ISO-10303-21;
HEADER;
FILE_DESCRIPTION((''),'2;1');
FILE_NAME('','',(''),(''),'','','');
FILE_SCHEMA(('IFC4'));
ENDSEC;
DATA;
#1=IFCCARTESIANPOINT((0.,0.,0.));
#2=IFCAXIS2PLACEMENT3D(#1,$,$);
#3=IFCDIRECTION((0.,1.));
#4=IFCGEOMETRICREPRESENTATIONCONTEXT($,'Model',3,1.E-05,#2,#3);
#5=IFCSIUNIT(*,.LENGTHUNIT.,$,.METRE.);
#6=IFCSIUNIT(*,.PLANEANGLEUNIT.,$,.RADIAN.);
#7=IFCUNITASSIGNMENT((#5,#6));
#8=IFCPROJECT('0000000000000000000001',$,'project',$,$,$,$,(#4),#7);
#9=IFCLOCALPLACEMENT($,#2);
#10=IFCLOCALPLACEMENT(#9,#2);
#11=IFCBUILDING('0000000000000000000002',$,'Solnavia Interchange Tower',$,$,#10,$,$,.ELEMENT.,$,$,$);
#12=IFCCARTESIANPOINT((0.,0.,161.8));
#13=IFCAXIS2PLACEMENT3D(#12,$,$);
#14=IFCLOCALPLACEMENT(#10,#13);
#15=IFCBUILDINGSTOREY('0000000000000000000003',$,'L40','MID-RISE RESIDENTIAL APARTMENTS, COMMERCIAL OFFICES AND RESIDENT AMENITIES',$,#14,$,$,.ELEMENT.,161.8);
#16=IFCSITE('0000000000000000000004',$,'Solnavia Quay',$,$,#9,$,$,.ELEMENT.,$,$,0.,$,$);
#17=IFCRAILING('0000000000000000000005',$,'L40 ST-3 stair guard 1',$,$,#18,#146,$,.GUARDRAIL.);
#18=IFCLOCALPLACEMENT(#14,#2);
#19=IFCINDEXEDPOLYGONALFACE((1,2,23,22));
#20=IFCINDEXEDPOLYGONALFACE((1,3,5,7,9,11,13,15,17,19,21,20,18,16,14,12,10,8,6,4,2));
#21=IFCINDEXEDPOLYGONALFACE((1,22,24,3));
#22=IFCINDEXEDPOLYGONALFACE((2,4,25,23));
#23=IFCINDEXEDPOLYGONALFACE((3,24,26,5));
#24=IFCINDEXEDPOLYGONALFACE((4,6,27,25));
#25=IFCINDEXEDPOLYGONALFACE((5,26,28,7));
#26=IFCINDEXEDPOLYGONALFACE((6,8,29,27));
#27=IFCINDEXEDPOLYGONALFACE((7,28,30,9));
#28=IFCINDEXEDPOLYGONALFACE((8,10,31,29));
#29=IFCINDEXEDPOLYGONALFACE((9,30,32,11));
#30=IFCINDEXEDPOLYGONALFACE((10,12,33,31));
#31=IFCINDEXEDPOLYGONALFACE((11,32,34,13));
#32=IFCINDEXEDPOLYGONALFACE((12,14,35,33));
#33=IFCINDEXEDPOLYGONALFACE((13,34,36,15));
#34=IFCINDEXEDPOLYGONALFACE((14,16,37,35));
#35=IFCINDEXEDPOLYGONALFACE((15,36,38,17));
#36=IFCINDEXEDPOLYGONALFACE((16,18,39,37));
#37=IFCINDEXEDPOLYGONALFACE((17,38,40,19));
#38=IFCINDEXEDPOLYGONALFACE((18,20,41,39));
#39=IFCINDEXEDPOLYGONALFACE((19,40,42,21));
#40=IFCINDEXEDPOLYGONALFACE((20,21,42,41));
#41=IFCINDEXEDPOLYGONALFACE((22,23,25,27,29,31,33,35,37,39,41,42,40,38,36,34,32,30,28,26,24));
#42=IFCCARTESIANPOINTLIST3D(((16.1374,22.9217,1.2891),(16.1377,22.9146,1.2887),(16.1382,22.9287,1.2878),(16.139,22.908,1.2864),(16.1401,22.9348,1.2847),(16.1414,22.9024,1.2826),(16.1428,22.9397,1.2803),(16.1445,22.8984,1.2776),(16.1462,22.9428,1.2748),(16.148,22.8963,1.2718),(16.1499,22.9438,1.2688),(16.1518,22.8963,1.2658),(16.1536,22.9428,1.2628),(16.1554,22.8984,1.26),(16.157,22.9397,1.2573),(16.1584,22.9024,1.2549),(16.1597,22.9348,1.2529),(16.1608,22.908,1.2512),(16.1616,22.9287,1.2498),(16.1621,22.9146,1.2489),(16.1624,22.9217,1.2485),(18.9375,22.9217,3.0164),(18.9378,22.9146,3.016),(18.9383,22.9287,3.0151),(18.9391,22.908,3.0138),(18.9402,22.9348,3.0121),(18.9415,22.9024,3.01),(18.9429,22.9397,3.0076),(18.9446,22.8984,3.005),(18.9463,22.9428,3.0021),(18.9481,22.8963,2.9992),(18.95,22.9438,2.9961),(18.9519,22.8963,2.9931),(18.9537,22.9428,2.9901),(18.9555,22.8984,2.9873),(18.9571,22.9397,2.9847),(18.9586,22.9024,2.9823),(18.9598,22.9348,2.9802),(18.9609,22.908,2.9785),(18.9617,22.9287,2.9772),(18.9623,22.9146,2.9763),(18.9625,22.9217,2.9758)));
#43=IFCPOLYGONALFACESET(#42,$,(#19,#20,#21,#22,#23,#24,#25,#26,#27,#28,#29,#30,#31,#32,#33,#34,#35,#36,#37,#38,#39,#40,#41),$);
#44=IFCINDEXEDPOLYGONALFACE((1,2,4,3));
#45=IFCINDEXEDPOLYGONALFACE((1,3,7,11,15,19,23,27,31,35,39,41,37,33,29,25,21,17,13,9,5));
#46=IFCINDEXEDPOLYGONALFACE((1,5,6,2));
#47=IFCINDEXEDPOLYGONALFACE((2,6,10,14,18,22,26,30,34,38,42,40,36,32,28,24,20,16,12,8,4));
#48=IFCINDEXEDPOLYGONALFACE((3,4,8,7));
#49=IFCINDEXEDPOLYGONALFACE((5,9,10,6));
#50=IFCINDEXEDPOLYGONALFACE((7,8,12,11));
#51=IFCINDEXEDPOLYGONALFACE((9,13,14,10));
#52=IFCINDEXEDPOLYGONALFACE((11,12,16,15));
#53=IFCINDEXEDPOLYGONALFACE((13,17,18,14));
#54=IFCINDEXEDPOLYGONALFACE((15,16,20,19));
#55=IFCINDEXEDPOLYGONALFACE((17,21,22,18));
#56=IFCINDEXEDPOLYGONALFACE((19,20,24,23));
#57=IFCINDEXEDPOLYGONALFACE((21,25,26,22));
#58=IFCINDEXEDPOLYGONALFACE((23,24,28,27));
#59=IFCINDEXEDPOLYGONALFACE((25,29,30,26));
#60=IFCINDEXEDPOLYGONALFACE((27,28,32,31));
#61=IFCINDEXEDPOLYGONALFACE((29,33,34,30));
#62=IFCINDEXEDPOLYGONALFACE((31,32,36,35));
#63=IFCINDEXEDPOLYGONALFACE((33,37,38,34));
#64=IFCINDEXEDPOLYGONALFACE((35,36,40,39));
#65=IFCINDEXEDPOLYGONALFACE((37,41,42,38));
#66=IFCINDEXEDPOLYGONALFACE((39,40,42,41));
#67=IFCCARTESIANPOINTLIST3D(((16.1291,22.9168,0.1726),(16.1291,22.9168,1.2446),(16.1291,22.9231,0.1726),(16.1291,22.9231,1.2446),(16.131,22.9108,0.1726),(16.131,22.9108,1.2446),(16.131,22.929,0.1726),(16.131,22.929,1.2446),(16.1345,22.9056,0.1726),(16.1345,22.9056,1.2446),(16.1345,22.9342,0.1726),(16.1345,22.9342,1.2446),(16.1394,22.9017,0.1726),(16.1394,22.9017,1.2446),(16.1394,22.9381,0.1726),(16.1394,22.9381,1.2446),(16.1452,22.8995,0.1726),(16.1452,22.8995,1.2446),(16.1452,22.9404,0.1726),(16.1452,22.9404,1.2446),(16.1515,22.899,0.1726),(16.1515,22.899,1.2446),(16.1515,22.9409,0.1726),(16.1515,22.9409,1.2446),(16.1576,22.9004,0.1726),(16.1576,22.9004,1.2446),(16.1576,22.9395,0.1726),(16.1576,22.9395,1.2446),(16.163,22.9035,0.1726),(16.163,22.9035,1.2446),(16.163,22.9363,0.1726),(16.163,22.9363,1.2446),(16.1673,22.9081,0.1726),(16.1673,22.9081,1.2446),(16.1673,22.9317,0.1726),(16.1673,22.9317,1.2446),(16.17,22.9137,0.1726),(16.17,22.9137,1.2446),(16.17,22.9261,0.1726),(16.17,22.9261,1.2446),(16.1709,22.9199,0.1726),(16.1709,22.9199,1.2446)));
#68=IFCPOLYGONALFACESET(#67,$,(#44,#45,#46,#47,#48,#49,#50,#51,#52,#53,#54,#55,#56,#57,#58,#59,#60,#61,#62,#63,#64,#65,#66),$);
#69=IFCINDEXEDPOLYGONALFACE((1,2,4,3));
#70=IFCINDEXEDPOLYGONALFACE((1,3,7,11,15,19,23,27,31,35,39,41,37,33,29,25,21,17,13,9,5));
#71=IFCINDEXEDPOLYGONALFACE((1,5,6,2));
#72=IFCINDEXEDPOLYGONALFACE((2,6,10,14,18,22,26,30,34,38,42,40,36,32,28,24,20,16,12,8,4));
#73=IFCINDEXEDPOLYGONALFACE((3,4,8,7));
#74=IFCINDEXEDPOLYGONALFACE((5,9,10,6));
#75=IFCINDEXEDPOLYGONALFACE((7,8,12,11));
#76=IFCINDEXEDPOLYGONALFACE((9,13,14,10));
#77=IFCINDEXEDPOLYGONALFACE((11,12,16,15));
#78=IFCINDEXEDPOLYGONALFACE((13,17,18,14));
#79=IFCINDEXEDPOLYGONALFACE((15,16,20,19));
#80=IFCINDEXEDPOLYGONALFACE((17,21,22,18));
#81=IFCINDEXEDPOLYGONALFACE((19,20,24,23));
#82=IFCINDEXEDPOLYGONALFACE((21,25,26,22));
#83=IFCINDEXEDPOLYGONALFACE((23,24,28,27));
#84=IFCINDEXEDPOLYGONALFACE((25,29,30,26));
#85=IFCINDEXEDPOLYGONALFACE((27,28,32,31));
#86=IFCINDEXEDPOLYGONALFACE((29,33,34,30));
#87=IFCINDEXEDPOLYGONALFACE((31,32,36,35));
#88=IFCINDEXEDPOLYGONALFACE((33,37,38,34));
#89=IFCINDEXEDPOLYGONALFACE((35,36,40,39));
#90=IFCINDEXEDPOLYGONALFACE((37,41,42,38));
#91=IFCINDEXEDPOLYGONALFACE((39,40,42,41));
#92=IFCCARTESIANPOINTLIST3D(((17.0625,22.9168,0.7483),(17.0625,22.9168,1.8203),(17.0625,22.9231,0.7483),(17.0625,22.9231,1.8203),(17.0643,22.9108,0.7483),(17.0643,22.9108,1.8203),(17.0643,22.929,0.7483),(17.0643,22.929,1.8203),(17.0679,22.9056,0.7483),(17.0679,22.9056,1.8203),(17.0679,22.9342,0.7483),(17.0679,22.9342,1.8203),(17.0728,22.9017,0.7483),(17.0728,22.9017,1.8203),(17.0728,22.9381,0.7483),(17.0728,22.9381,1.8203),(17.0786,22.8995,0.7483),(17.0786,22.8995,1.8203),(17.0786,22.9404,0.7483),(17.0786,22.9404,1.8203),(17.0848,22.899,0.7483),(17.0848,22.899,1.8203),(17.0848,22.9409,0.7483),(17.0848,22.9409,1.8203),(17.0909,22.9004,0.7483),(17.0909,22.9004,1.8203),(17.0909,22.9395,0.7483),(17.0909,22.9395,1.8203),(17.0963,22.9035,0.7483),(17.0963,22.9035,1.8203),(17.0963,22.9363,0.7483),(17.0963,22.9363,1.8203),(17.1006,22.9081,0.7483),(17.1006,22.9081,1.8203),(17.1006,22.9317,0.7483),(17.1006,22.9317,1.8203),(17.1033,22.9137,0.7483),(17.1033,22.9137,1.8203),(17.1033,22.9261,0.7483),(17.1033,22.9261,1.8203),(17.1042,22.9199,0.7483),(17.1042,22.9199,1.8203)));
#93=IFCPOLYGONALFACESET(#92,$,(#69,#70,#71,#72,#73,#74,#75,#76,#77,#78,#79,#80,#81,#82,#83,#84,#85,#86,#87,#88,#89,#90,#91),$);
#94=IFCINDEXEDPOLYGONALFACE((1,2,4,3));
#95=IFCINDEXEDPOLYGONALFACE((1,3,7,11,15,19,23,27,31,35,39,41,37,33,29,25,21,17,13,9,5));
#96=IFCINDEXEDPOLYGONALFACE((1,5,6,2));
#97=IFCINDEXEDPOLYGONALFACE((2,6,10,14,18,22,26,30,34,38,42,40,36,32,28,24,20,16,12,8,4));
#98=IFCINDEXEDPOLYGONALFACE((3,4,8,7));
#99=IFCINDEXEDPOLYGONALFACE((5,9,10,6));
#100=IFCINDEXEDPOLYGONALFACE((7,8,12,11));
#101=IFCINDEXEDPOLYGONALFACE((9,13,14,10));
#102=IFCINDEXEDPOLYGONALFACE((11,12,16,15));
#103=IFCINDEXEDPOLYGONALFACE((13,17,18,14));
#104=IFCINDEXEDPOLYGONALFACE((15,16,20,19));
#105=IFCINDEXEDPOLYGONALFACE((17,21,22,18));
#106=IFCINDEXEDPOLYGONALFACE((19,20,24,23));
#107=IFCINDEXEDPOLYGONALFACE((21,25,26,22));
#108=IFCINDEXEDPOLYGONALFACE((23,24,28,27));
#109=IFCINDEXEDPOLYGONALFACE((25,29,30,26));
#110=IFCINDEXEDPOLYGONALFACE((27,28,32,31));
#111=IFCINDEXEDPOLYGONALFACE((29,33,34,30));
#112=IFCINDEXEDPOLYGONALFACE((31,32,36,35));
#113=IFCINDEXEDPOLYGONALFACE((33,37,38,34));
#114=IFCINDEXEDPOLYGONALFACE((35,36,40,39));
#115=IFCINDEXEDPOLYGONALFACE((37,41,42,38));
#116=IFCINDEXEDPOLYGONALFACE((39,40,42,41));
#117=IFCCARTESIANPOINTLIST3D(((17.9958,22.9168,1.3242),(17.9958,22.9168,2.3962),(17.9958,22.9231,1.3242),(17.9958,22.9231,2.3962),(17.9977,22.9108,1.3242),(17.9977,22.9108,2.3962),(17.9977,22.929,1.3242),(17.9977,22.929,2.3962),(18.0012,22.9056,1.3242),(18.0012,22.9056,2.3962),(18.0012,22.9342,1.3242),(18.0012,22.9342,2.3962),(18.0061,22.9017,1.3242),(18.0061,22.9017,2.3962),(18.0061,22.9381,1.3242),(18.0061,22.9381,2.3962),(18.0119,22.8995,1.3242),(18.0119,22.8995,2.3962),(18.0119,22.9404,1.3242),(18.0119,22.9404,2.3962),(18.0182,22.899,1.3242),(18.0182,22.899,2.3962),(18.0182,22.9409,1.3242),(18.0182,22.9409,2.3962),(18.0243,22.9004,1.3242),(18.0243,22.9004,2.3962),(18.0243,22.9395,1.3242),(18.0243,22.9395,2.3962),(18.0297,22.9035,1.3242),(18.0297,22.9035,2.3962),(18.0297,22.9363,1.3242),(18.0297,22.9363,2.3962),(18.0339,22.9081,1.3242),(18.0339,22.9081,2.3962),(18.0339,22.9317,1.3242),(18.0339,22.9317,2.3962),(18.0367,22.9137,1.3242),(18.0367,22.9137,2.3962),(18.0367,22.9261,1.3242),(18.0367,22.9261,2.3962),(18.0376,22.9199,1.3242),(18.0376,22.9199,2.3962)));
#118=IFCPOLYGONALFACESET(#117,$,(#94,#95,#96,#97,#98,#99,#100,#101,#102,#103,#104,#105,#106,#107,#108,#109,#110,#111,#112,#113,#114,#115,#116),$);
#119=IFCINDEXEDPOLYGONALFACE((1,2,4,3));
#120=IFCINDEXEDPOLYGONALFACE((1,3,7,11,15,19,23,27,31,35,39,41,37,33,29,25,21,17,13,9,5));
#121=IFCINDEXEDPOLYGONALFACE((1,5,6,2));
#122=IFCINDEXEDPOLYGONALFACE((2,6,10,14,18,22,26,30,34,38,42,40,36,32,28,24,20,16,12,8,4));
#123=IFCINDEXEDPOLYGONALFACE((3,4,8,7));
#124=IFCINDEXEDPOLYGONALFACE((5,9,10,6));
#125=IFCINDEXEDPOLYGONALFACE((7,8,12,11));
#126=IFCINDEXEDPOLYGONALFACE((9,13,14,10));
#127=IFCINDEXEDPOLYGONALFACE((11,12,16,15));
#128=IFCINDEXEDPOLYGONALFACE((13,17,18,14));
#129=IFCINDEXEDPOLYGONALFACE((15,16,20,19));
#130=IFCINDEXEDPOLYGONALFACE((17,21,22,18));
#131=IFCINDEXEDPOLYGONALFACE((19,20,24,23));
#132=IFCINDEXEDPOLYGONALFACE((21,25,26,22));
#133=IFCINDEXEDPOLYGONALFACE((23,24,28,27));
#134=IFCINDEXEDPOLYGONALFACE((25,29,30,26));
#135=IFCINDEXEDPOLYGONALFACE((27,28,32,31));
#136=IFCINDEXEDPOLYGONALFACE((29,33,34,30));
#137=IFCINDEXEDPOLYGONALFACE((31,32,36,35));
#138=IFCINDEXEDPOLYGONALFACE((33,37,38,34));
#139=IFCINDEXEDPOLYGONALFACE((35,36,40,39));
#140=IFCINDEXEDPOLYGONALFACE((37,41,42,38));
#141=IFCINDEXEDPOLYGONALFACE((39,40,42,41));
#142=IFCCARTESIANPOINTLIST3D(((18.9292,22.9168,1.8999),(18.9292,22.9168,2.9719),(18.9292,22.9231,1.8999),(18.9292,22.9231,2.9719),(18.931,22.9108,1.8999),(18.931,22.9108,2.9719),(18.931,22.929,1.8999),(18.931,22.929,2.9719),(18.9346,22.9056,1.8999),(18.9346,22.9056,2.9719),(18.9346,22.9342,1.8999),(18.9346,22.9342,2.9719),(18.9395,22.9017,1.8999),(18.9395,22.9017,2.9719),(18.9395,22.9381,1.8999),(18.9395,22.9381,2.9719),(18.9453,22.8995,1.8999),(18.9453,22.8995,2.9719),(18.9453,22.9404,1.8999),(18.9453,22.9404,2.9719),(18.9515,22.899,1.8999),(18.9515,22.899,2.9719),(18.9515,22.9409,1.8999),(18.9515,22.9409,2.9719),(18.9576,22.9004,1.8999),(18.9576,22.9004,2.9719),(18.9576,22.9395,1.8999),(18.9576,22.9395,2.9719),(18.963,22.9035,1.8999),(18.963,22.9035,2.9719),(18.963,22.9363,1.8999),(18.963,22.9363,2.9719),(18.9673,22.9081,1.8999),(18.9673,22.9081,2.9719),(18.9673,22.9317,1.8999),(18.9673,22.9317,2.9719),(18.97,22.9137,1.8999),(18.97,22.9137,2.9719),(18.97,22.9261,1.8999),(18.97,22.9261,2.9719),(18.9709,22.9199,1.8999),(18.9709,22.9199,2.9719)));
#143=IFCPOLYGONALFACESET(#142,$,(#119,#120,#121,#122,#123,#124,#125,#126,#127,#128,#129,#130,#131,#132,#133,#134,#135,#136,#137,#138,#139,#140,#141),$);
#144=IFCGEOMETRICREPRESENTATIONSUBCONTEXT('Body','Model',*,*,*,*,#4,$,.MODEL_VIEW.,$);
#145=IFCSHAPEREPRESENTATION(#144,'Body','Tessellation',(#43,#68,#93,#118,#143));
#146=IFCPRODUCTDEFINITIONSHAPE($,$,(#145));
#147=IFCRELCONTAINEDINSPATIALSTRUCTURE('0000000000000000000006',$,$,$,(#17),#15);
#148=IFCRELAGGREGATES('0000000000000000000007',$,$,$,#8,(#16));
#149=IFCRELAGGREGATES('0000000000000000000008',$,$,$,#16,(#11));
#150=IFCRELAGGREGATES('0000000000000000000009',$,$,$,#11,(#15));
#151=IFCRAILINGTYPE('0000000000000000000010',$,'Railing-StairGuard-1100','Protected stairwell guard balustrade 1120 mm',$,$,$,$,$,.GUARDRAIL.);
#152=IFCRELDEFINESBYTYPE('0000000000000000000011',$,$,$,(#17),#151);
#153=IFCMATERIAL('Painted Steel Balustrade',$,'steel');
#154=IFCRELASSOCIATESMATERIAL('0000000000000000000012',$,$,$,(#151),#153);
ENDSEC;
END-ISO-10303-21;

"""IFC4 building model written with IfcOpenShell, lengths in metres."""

from ifc_helpers import new_model, si_unit, direction, frame, origin, origin_2d, place, context, subcontext, project, spatial, circle, extrude, material, type_object, element, save


model = new_model("IFC4")

# Units and contexts
model_context = context("Model", 3, precision=1e-05, world=origin(), true_north=direction((0.0, 1.0)))
body_context = subcontext(model_context, "Body", "Model", "MODEL_VIEW")
ifc_project = project(units=[si_unit("LENGTHUNIT", "METRE"), si_unit("PLANEANGLEUNIT", "RADIAN")], contexts=[model_context])

# Site, building, storey
site_placement = place(None, origin())
site = spatial("IfcSite", under=ifc_project, at=site_placement, Name="Solnavia Quay", CompositionType="ELEMENT", RefElevation=0.0)
building_placement = place(site_placement, origin())
building = spatial("IfcBuilding", under=site, at=building_placement, Name="Solnavia Interchange Tower", CompositionType="ELEMENT")
storey_placement = place(building_placement, frame((0.0, 0.0, 161.8)))
storey = spatial("IfcBuildingStorey", under=building, at=storey_placement, Name="L40", Description="MID-RISE RESIDENTIAL APARTMENTS, COMMERCIAL OFFICES AND RESIDENT AMENITIES", CompositionType="ELEMENT", Elevation=161.8)

# Railing
ifc_material_1 = material(Name="Painted Steel Balustrade", Category="steel")
railing_type_1 = type_object("IfcRailingType", Name="Railing-StairGuard-1100", Description="Protected stairwell guard balustrade 1120 mm", PredefinedType="GUARDRAIL", material=ifc_material_1)
railing_1_placement = place(storey_placement, frame((16.1499, 22.9199, 0.1726)))
element("IfcRailing", 1, at=railing_1_placement, inside=storey, type_object=railing_type_1, Name="L40 ST-3 stair guard 1", PredefinedType="GUARDRAIL", context=body_context, shape_type="SweptSolid", body=[
    extrude(circle(Radius=0.0239, at=origin_2d()), frame((0.0, 0.0, 1.0962), z_axis=(0.85109, 0.0, 0.52502), x_axis=(0.0, 1.0, 0.0)), (0.0, 0.0, 1.0), 3.29),
    extrude(circle(Radius=0.021, at=origin_2d()), origin(), (0.0, 0.0, 1.0), 1.072),
    extrude(circle(Radius=0.021, at=origin_2d()), frame((0.9333, 0.0, 0.5757)), (0.0, 0.0, 1.0), 1.072),
    extrude(circle(Radius=0.021, at=origin_2d()), frame((1.8667, 0.0, 1.1516)), (0.0, 0.0, 1.0), 1.072),
    extrude(circle(Radius=0.021, at=origin_2d()), frame((2.8, 0.0, 1.7273)), (0.0, 0.0, 1.0), 1.072),
])

save(model, "model.ifc")
